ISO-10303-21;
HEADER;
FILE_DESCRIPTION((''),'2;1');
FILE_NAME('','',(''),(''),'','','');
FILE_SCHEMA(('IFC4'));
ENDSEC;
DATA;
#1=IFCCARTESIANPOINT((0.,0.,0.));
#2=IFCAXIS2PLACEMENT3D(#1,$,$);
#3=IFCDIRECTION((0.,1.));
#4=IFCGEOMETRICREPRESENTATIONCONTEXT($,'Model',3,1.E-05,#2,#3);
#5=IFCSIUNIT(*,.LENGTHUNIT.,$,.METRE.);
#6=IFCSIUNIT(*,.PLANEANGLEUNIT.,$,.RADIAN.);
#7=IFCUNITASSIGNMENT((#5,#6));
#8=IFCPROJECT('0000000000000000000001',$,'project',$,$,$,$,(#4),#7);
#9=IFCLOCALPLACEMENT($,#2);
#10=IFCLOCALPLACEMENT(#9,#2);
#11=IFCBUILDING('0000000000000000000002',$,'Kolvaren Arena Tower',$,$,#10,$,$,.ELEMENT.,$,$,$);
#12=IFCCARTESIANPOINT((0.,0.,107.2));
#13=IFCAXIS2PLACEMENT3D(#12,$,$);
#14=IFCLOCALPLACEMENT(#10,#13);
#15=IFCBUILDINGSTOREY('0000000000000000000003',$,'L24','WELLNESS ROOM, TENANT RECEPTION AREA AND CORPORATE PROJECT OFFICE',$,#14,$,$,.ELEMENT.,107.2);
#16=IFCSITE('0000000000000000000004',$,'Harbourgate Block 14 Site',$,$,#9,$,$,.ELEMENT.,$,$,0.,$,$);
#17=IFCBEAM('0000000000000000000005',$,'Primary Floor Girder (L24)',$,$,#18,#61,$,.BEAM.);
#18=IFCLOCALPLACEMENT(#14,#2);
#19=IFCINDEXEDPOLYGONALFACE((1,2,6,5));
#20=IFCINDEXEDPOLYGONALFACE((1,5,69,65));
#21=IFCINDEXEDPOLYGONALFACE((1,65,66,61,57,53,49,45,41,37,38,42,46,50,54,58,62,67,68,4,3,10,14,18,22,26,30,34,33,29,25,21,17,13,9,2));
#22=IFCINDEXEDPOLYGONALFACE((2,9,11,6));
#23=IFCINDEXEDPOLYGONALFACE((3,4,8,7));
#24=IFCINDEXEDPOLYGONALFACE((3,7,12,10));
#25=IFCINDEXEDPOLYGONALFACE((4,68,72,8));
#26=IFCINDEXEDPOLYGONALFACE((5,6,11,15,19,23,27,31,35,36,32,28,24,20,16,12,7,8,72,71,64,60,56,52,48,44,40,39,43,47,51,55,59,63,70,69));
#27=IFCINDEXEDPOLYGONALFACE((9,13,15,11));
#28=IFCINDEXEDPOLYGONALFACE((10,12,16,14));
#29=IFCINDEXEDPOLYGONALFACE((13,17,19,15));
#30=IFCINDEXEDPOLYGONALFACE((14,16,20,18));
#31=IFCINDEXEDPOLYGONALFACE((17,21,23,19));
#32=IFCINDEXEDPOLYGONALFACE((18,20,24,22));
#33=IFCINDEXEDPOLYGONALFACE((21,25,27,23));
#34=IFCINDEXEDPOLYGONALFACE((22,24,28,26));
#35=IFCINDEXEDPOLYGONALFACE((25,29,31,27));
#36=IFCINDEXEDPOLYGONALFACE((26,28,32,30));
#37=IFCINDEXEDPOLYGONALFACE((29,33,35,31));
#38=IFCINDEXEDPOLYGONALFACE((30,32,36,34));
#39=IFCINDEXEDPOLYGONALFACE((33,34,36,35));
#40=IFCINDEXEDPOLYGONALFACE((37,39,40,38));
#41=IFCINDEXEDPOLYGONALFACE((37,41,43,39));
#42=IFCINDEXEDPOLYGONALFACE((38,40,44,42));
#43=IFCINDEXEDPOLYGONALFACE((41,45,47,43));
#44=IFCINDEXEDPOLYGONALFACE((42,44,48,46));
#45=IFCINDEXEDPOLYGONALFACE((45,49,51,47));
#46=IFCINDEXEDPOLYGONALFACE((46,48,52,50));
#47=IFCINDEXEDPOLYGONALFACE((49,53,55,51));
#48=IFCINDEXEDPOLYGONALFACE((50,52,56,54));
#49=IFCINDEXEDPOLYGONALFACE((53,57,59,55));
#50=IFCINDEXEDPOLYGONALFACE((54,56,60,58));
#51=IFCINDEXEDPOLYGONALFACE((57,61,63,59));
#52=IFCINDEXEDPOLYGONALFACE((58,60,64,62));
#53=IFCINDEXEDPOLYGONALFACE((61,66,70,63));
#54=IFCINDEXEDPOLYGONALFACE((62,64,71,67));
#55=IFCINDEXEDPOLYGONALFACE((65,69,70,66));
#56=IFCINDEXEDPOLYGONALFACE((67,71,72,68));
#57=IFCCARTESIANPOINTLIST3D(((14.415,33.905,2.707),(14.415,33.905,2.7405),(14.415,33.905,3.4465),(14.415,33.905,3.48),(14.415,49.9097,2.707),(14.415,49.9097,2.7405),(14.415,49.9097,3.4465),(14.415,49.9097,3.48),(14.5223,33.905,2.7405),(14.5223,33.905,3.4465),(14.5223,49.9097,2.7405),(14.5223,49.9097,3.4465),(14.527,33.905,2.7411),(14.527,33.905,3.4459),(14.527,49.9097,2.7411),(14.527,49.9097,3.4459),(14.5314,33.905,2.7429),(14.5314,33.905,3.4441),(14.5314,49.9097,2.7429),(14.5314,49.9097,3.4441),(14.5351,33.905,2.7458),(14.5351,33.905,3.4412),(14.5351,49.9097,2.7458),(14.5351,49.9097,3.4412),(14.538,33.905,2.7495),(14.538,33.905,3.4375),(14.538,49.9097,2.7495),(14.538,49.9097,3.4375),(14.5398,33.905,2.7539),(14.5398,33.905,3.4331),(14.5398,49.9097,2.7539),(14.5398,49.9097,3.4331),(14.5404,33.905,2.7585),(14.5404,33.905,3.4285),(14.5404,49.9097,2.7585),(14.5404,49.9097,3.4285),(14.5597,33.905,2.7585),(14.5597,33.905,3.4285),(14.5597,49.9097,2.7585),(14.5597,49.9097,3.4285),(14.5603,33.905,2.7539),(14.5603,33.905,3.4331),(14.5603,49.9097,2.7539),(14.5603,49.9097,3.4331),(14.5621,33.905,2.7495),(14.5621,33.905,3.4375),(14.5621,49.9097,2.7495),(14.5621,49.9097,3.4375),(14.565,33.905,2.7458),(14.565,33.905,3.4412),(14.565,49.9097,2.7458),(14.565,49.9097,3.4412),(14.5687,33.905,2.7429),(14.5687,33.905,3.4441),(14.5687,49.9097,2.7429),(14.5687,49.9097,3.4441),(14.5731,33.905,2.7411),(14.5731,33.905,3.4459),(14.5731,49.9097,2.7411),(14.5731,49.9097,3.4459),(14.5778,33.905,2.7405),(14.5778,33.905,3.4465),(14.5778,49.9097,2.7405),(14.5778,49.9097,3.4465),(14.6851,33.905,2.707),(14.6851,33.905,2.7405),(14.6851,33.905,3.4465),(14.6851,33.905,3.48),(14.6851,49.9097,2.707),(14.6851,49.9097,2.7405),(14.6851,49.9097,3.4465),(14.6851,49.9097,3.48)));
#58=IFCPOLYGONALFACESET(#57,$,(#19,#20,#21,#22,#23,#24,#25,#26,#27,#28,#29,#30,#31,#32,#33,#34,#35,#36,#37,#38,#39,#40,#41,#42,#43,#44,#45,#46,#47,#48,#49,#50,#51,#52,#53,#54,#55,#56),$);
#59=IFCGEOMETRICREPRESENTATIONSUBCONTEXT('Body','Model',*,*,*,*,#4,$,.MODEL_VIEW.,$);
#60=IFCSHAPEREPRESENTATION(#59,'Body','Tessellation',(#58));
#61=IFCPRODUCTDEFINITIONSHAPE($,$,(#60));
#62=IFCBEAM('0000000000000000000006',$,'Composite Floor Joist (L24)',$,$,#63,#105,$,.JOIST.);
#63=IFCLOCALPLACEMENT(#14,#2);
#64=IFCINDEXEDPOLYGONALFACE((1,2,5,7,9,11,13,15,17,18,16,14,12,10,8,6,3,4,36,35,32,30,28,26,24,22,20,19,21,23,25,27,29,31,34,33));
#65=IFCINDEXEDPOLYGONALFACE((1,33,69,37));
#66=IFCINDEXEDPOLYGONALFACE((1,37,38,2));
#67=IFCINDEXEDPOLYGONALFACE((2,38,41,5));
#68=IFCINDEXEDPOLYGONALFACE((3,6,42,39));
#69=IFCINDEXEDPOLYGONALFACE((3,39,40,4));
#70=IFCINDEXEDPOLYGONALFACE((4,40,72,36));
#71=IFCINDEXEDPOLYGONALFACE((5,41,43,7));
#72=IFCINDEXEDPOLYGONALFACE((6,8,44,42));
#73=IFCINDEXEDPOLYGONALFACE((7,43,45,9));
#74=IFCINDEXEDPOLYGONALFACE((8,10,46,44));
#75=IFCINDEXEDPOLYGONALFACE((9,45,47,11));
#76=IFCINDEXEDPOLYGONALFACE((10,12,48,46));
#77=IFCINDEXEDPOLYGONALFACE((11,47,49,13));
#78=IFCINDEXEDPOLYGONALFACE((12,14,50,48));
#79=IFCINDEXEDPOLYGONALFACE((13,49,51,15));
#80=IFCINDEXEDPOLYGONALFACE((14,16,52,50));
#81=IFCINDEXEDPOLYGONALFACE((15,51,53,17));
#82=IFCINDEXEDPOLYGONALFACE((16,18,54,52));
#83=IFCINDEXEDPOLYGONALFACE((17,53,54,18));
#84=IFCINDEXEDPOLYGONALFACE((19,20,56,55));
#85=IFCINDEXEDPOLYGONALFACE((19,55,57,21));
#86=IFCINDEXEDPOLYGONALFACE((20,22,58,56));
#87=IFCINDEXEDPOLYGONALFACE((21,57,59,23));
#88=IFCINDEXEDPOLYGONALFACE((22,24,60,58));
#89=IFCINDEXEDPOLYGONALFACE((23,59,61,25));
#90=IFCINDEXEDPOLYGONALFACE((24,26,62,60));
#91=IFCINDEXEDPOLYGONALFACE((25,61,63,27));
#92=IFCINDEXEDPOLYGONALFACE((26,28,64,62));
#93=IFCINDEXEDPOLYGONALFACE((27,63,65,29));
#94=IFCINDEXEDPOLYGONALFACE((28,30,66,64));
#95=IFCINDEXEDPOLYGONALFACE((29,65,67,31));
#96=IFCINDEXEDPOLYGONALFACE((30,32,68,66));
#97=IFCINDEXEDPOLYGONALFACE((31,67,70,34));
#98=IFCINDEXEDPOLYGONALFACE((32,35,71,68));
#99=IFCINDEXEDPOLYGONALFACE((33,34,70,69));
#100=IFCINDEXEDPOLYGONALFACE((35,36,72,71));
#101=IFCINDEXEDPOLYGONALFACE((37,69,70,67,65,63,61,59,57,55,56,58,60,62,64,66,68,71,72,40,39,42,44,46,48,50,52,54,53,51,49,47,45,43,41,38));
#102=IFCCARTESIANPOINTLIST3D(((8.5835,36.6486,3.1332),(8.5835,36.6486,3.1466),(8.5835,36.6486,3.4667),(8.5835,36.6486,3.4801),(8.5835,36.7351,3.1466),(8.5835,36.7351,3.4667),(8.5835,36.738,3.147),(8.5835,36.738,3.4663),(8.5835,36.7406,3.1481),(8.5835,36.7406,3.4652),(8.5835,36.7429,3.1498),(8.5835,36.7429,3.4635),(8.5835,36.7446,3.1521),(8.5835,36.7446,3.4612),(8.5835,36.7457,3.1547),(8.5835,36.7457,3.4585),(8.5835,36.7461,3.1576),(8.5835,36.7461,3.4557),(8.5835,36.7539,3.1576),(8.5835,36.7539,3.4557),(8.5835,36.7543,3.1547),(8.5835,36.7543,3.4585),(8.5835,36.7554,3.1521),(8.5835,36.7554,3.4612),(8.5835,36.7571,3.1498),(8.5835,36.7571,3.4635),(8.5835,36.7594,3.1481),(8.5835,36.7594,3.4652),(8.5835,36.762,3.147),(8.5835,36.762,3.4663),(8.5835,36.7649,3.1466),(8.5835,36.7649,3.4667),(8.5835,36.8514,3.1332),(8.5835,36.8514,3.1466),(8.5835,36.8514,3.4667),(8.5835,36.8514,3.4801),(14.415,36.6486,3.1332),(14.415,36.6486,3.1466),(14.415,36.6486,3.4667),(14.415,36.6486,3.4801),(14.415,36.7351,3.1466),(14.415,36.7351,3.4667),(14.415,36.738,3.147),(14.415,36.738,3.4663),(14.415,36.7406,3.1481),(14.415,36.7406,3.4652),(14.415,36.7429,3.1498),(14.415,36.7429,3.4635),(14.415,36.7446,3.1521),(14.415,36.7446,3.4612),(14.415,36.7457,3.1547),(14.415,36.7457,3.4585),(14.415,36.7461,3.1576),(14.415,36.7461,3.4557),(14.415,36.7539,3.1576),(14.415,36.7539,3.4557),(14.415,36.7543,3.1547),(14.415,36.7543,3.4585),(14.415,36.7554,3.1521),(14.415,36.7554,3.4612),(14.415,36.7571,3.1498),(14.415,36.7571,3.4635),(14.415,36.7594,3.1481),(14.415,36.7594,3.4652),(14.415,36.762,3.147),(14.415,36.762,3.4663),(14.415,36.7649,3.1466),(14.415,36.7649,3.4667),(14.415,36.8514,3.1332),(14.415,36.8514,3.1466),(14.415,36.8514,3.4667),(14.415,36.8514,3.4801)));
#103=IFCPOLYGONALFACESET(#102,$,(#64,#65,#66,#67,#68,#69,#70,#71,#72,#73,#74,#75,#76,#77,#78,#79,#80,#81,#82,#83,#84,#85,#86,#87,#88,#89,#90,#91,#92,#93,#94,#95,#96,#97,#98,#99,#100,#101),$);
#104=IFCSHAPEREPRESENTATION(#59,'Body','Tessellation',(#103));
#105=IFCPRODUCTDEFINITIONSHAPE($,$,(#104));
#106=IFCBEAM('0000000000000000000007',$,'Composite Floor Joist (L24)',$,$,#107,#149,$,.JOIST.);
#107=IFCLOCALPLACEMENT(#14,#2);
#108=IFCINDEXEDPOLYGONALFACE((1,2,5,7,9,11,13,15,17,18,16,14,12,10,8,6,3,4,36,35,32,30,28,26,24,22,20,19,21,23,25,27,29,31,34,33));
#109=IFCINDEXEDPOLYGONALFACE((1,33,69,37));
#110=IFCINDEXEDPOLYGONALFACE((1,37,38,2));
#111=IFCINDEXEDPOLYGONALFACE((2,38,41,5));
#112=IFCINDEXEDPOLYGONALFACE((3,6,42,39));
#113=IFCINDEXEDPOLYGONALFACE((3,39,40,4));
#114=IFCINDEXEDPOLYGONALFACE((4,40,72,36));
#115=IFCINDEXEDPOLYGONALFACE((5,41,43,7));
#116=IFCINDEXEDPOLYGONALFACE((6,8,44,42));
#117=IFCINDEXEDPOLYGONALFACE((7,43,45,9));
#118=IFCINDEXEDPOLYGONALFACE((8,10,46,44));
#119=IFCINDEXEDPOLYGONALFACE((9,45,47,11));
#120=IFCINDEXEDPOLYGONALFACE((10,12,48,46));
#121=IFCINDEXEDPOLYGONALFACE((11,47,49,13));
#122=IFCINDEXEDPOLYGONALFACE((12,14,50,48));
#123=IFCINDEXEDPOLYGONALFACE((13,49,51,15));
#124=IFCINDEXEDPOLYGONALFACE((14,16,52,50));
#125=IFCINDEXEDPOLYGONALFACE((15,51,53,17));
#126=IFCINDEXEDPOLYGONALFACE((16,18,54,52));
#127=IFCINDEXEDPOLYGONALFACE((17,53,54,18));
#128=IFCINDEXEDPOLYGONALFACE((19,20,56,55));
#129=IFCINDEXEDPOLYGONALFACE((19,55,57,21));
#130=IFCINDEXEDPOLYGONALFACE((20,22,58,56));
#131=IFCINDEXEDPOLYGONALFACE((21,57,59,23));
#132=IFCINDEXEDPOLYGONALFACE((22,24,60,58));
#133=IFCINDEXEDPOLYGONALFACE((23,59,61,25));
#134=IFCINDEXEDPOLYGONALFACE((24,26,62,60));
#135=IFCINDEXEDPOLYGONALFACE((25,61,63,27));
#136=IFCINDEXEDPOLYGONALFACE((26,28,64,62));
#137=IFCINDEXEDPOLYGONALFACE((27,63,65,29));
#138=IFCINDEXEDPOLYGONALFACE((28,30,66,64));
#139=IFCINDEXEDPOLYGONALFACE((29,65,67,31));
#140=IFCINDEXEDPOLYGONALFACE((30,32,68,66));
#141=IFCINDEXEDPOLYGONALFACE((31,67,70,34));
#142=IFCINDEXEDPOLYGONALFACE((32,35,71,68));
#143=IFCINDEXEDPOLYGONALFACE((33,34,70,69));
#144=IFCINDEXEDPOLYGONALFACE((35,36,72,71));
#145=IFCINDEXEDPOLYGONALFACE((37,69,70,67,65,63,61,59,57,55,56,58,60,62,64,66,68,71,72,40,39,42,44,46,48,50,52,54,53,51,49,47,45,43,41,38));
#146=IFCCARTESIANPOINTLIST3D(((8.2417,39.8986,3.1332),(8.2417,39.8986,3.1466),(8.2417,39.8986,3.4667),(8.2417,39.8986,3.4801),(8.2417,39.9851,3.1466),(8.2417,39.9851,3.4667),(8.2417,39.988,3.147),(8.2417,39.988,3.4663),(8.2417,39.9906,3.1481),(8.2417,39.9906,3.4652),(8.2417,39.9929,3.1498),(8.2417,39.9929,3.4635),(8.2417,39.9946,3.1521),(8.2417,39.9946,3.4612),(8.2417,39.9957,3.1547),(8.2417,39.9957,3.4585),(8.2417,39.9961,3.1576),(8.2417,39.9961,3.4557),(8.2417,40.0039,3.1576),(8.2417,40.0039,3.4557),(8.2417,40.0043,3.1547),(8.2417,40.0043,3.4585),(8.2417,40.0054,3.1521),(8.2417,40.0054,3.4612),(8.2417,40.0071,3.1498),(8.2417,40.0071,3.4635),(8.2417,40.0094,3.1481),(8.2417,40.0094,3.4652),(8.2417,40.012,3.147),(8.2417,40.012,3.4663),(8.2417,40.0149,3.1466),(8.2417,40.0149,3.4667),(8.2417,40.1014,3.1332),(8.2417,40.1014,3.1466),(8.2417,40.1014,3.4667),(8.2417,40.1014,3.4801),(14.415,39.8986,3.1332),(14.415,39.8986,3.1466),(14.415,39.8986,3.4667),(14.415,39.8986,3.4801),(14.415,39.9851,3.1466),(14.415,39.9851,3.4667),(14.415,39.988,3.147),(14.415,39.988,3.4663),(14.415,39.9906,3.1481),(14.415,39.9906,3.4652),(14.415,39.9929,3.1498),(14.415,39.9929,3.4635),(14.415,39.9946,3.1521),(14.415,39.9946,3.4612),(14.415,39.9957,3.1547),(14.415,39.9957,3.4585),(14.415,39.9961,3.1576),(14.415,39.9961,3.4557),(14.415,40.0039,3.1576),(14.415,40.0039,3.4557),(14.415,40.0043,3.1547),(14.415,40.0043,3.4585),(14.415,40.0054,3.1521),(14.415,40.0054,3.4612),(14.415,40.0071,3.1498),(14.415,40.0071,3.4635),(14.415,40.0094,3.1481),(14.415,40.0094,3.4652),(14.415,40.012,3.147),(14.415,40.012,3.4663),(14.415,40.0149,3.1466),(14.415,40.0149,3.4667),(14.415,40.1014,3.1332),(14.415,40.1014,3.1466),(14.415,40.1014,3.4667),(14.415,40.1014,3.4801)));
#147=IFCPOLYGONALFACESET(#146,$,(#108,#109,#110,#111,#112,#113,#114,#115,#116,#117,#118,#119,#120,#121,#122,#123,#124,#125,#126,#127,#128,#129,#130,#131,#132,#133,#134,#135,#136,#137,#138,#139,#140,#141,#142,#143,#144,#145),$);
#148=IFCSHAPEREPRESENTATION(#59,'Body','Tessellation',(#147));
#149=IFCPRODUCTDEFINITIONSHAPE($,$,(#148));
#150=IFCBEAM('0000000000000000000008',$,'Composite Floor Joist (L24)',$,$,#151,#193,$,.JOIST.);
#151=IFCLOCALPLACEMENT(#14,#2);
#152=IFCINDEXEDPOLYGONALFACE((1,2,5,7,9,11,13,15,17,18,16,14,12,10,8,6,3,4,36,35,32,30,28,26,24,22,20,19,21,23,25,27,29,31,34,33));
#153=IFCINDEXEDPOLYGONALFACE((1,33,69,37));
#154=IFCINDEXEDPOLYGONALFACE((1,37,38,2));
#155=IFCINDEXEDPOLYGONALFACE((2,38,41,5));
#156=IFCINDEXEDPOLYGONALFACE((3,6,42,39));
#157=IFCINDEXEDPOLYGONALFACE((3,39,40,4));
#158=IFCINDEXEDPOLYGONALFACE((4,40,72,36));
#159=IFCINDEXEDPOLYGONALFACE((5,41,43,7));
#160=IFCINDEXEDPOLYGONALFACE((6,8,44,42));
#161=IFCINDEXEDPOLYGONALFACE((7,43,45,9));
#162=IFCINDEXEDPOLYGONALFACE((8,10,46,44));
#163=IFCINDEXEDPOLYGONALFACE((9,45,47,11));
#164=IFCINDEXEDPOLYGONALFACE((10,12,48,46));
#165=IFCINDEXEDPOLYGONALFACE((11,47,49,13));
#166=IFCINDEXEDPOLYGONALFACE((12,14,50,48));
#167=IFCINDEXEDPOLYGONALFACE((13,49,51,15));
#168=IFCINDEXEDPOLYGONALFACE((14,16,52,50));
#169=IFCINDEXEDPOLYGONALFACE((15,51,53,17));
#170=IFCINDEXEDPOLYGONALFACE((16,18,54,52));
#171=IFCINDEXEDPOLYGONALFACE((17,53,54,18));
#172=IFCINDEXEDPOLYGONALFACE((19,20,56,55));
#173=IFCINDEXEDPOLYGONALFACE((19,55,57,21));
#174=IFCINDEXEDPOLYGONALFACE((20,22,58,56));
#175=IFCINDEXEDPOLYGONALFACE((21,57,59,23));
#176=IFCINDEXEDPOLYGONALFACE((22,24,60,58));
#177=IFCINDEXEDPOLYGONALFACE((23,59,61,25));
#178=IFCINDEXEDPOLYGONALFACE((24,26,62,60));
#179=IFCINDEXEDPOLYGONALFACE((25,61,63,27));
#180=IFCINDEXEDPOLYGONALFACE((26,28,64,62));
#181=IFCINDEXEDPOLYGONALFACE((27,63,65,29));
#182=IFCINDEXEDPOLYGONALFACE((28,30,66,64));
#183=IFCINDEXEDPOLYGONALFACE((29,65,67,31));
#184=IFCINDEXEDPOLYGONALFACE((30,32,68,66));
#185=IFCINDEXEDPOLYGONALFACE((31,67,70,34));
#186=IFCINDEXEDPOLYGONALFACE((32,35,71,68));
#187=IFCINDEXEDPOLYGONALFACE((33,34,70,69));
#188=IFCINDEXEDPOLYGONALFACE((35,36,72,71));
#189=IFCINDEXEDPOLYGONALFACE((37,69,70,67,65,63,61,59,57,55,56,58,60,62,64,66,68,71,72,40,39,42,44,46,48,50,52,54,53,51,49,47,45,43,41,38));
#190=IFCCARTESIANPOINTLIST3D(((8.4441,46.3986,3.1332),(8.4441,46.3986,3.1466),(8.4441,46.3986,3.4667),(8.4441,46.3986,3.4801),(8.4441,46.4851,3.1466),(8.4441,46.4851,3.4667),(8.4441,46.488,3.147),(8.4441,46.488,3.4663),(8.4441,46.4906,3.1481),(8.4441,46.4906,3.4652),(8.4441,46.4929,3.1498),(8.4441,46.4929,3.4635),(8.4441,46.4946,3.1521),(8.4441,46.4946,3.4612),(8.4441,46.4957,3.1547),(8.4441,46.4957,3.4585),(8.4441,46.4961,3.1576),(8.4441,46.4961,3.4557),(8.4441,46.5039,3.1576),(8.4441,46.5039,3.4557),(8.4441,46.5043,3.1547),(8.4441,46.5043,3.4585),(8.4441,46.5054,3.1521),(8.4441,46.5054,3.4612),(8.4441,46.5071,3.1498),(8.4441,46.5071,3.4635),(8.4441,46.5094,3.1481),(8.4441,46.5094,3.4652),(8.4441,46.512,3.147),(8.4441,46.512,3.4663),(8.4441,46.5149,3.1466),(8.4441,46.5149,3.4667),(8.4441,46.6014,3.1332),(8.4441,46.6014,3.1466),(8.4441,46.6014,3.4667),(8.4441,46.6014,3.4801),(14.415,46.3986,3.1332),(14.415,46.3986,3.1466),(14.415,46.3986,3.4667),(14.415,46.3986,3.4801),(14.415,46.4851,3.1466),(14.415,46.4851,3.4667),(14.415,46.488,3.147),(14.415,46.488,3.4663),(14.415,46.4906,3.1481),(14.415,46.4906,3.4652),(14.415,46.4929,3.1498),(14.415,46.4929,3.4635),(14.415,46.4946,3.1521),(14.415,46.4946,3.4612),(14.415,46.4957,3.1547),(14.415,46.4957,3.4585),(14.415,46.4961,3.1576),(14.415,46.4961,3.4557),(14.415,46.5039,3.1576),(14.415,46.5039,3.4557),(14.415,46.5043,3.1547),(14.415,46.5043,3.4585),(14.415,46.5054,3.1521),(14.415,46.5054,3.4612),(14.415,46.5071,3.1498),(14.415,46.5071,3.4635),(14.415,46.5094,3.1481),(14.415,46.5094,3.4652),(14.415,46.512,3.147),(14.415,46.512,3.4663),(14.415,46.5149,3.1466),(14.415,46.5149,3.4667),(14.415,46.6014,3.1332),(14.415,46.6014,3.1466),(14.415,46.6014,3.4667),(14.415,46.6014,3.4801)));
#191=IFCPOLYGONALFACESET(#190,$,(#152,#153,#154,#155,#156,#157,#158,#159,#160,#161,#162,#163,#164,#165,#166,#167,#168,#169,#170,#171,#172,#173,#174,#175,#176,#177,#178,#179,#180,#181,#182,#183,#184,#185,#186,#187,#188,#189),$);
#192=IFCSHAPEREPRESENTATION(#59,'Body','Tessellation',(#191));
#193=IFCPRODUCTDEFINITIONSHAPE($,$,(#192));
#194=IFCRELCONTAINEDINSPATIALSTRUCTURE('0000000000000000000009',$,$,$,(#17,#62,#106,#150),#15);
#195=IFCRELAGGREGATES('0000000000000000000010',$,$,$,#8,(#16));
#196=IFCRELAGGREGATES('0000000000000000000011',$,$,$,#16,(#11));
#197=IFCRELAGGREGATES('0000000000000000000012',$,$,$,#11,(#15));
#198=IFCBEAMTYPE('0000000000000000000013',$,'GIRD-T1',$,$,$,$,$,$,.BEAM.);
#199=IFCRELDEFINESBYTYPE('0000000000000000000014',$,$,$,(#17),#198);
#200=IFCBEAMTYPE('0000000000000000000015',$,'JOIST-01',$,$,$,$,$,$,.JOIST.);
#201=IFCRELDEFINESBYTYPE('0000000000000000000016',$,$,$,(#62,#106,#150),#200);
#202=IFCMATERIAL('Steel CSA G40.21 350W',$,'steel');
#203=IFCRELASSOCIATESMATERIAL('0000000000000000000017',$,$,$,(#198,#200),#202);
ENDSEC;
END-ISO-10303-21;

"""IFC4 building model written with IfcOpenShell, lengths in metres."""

from ifc_helpers import new_model, si_unit, direction, frame, origin, origin_2d, place, context, subcontext, project, spatial, i_section, extrude, material, material_profile, profile_set, type_object, element, save


model = new_model("IFC4")

# Units and contexts
model_context = context("Model", 3, precision=1e-05, world=origin(), true_north=direction((0.0, 1.0)))
body_context = subcontext(model_context, "Body", "Model", "MODEL_VIEW")
ifc_project = project(units=[si_unit("LENGTHUNIT", "METRE"), si_unit("PLANEANGLEUNIT", "RADIAN")], contexts=[model_context])

# Site, building, storey
site_placement = place(None, origin())
site = spatial("IfcSite", under=ifc_project, at=site_placement, Name="Harbourgate Block 14 Site", CompositionType="ELEMENT", RefElevation=0.0)
building_placement = place(site_placement, origin())
building = spatial("IfcBuilding", under=site, at=building_placement, Name="Kolvaren Arena Tower", CompositionType="ELEMENT")
storey_placement = place(building_placement, frame((0.0, 0.0, 107.2)))
storey = spatial("IfcBuildingStorey", under=building, at=storey_placement, Name="L24", Description="WELLNESS ROOM, TENANT RECEPTION AREA AND CORPORATE PROJECT OFFICE", CompositionType="ELEMENT", Elevation=107.2)

# Beams
ifc_material_1 = material(Name="Steel CSA G40.21 350W", Category="steel")
ifc_material_profile_1 = material_profile(ifc_material_1, i_section(OverallWidth=0.27, OverallDepth=0.7729, WebThickness=0.0193, FlangeThickness=0.0334, FilletRadius=0.0181, at=origin_2d()), Name="W760x257")
ifc_profile_set_1 = profile_set([ifc_material_profile_1], Name="Steel CSA G40.21 350W")
beam_type_1 = type_object("IfcBeamType", Name="GIRD-T1", PredefinedType="BEAM", material=ifc_profile_set_1)
beam_1_placement = place(storey_placement, frame((14.55, 33.905, 3.0935), z_axis=(0.0, 1.0, 0.0), x_axis=(-1.0, 0.0, 0.0)))
element("IfcBeam", 1, at=beam_1_placement, inside=storey, type_object=beam_type_1, Name="Primary Floor Girder (L24)", PredefinedType="BEAM", context=body_context, shape_type="SweptSolid", body=[
    extrude(i_section(OverallWidth=0.27, OverallDepth=0.7729, WebThickness=0.0193, FlangeThickness=0.0334, FilletRadius=0.0181, at=origin_2d()), origin(), (0.0, 0.0, 1.0), 16.0046),
])
ifc_material_profile_2 = material_profile(ifc_material_1, i_section(OverallWidth=0.2029, OverallDepth=0.3469, WebThickness=0.0078, FlangeThickness=0.0134, FilletRadius=0.011, at=origin_2d()), Name="W360x64")
ifc_profile_set_2 = profile_set([ifc_material_profile_2], Name="Steel CSA G40.21 350W")
beam_type_2 = type_object("IfcBeamType", Name="JOIST-01", PredefinedType="JOIST", material=ifc_profile_set_2)
beam_2_placement = place(storey_placement, frame((8.5835, 36.75, 3.3066), z_axis=(1.0, 0.0, 0.0), x_axis=(0.0, 1.0, 0.0)))
element("IfcBeam", 2, at=beam_2_placement, inside=storey, type_object=beam_type_2, Name="Composite Floor Joist (L24)", PredefinedType="JOIST", context=body_context, shape_type="SweptSolid", body=[
    extrude(i_section(OverallWidth=0.2029, OverallDepth=0.3469, WebThickness=0.0078, FlangeThickness=0.0134, FilletRadius=0.011, at=origin_2d()), origin(), (0.0, 0.0, 1.0), 5.8315),
])
beam_3_placement = place(storey_placement, frame((8.2417, 40.0, 3.3066), z_axis=(1.0, 0.0, 0.0), x_axis=(0.0, 1.0, 0.0)))
element("IfcBeam", 3, at=beam_3_placement, inside=storey, type_object=beam_type_2, Name="Composite Floor Joist (L24)", PredefinedType="JOIST", context=body_context, shape_type="SweptSolid", body=[
    extrude(i_section(OverallWidth=0.2029, OverallDepth=0.3469, WebThickness=0.0078, FlangeThickness=0.0134, FilletRadius=0.011, at=origin_2d()), origin(), (0.0, 0.0, 1.0), 6.1733),
])
beam_4_placement = place(storey_placement, frame((8.4441, 46.5, 3.3066), z_axis=(1.0, 0.0, 0.0), x_axis=(0.0, 1.0, 0.0)))
element("IfcBeam", 4, at=beam_4_placement, inside=storey, type_object=beam_type_2, Name="Composite Floor Joist (L24)", PredefinedType="JOIST", context=body_context, shape_type="SweptSolid", body=[
    extrude(i_section(OverallWidth=0.2029, OverallDepth=0.3469, WebThickness=0.0078, FlangeThickness=0.0134, FilletRadius=0.011, at=origin_2d()), origin(), (0.0, 0.0, 1.0), 5.9709),
])

save(model, "model.ifc")
